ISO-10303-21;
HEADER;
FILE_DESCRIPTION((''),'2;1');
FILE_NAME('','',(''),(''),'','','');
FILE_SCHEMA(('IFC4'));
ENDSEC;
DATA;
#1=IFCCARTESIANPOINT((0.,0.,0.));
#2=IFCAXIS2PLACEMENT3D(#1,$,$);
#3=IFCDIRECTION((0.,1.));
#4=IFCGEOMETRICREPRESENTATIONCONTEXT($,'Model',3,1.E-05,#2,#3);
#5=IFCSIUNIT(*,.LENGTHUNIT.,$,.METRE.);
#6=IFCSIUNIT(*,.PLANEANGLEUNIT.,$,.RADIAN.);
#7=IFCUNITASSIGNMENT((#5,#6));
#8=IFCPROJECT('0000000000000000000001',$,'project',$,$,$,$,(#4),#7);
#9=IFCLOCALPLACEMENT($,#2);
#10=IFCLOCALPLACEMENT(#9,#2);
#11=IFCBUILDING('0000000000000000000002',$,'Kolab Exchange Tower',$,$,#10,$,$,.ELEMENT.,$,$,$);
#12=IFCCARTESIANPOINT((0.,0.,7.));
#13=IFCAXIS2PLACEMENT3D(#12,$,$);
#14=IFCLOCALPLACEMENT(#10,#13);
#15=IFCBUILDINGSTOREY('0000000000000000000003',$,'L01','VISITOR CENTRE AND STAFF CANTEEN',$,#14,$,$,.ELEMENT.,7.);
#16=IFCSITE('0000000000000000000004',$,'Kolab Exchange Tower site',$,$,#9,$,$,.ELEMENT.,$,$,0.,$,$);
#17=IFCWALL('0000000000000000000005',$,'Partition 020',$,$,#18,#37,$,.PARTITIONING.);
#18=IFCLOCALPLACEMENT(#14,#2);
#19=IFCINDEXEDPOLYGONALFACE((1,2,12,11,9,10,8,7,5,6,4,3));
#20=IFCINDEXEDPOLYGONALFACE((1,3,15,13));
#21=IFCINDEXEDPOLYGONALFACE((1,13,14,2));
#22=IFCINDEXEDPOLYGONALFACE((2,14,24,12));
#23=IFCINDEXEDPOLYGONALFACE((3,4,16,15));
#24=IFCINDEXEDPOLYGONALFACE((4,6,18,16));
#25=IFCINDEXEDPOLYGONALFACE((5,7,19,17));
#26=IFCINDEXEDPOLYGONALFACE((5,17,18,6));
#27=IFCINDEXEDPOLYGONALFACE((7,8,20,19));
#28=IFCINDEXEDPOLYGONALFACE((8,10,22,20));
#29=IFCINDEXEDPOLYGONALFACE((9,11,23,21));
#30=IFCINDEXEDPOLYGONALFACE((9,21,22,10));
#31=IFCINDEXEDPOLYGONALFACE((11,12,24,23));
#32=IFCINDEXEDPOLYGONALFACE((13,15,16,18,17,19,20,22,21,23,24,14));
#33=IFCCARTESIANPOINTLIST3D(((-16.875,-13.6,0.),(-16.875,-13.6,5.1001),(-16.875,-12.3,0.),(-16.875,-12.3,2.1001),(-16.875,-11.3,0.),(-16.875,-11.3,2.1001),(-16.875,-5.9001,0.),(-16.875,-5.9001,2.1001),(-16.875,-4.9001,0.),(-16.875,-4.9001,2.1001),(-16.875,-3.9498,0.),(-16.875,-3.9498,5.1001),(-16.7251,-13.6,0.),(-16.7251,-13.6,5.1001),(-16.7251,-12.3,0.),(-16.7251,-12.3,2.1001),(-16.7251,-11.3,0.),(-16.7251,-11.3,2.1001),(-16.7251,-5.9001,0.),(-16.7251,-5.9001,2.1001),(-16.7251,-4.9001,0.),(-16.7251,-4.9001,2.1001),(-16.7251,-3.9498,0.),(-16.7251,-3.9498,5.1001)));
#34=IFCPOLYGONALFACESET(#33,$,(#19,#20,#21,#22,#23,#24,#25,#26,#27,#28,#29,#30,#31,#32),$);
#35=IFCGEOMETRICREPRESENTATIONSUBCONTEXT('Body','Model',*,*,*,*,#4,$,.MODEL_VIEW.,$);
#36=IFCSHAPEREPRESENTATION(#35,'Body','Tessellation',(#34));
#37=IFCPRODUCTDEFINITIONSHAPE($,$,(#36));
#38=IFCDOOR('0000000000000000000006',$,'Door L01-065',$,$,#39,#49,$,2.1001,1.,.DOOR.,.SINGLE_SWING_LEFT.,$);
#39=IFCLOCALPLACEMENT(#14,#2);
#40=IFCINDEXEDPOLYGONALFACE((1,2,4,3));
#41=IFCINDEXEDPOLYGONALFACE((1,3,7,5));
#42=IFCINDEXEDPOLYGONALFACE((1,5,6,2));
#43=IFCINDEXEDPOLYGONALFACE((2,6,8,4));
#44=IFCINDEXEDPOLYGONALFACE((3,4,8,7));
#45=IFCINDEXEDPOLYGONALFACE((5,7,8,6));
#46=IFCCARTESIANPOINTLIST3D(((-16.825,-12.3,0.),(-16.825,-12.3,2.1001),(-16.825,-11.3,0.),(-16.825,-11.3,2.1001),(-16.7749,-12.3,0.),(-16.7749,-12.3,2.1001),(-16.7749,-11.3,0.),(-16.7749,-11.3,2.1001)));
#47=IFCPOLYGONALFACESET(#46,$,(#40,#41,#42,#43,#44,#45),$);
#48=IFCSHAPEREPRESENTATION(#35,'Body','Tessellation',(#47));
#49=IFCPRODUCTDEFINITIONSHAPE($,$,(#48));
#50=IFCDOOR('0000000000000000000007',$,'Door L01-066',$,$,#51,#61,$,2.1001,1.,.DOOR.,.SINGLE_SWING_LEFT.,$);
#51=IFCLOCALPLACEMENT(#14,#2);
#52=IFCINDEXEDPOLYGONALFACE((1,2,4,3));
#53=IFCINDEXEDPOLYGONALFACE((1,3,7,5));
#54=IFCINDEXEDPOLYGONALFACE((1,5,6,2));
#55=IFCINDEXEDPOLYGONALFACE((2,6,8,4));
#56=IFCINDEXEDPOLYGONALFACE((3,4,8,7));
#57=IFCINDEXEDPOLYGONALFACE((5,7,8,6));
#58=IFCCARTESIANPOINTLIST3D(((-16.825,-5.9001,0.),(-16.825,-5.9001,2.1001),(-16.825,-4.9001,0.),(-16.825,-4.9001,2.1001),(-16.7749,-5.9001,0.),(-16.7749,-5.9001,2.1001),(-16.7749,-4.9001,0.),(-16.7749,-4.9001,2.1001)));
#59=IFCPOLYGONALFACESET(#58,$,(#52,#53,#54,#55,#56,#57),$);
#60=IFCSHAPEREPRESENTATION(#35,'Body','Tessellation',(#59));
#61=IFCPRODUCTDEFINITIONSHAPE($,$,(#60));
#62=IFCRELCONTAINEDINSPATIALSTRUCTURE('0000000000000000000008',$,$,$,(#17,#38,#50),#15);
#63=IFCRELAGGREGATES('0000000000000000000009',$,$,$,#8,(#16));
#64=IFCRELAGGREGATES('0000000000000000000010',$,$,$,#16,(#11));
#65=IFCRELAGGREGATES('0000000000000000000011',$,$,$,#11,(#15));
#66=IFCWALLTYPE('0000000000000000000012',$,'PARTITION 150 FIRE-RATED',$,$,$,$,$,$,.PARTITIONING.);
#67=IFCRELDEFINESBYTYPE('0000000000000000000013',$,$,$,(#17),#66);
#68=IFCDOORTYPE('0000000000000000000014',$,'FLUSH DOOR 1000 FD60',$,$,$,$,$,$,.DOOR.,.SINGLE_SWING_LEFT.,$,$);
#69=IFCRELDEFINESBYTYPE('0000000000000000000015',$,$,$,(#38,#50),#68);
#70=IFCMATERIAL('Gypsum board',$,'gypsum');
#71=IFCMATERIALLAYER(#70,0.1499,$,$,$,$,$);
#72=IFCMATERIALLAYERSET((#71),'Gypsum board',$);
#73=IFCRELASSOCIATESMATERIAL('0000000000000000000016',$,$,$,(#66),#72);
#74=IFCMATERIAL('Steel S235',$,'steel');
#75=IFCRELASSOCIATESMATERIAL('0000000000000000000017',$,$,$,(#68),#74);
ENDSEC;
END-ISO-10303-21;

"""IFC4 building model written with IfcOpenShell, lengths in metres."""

from ifc_helpers import new_model, si_unit, direction, frame, frame_2d, origin, place, context, subcontext, project, spatial, rectangle, extrude, material, layer, layer_set, type_object, element, fill, save


model = new_model("IFC4")

# Units and contexts
model_context = context("Model", 3, precision=1e-05, world=origin(), true_north=direction((0.0, 1.0)))
body_context = subcontext(model_context, "Body", "Model", "MODEL_VIEW")
ifc_project = project(units=[si_unit("LENGTHUNIT", "METRE"), si_unit("PLANEANGLEUNIT", "RADIAN")], contexts=[model_context])

# Site, building, storey
site_placement = place(None, origin())
site = spatial("IfcSite", under=ifc_project, at=site_placement, Name="Kolab Exchange Tower site", CompositionType="ELEMENT", RefElevation=0.0)
building_placement = place(site_placement, origin())
building = spatial("IfcBuilding", under=site, at=building_placement, Name="Kolab Exchange Tower", CompositionType="ELEMENT")
storey_placement = place(building_placement, frame((0.0, 0.0, 7.0)))
storey = spatial("IfcBuildingStorey", under=building, at=storey_placement, Name="L01", Description="VISITOR CENTRE AND STAFF CANTEEN", CompositionType="ELEMENT", Elevation=7.0)

# Shared definitions
ifc_material_1 = material(Name="Gypsum board", Category="gypsum")

# Wall, openings, doors
ifc_layer_1 = layer(ifc_material_1, 0.1499)
ifc_layer_set_1 = layer_set([ifc_layer_1], Name="Gypsum board")
wall_type_1 = type_object("IfcWallType", Name="PARTITION 150 FIRE-RATED", PredefinedType="PARTITIONING", material=ifc_layer_set_1)
wall_1_placement = place(storey_placement, frame((-16.8, -13.6001, 0.0), z_axis=(0.0, 0.0, 1.0), x_axis=(0.0, 1.0, 0.0)))
wall_1 = element("IfcWall", 1, at=wall_1_placement, inside=storey, type_object=wall_type_1, Name="Partition 020", PredefinedType="PARTITIONING", context=body_context, shape_type="SweptSolid", body=[
    extrude(rectangle(XDim=9.6501, YDim=0.1499, at=frame_2d((4.8252, 0.0))), origin(), (0.0, 0.0, 1.0), 5.1001),
])
opening_1_placement = place(wall_1_placement, frame((1.3, 0.0, 0.0)))
opening_1 = element("IfcOpeningElement", 2, at=opening_1_placement, cuts=wall_1, PredefinedType="OPENING", context=body_context, shape_type="SweptSolid", body=[
    extrude(rectangle(XDim=1.0, YDim=2.1001, at=frame_2d((0.5, 1.05))), frame((0.0, 0.085, 0.0), z_axis=(0.0, -1.0, 0.0), x_axis=(1.0, 0.0, 0.0)), (0.0, 0.0, 1.0), 0.1699),
])
opening_2_placement = place(wall_1_placement, frame((7.7, 0.0, 0.0)))
opening_2 = element("IfcOpeningElement", 3, at=opening_2_placement, cuts=wall_1, PredefinedType="OPENING", context=body_context, shape_type="SweptSolid", body=[
    extrude(rectangle(XDim=1.0, YDim=2.1001, at=frame_2d((0.5, 1.05))), frame((0.0, 0.085, 0.0), z_axis=(0.0, -1.0, 0.0), x_axis=(1.0, 0.0, 0.0)), (0.0, 0.0, 1.0), 0.1699),
])
ifc_material_2 = material(Name="Steel S235", Category="steel")
door_type_1 = type_object("IfcDoorType", Name="FLUSH DOOR 1000 FD60", OperationType="SINGLE_SWING_LEFT", PredefinedType="DOOR", material=ifc_material_2)
door_1_placement = place(opening_1_placement, origin())
door_1 = element("IfcDoor", 4, at=door_1_placement, inside=storey, type_object=door_type_1, Name="Door L01-065", OperationType="SINGLE_SWING_LEFT", OverallHeight=2.1001, OverallWidth=1.0, PredefinedType="DOOR", context=body_context, shape_type="SweptSolid", body=[
    extrude(rectangle(XDim=1.0, YDim=2.1001, at=frame_2d((0.5, 1.05))), frame((0.0, 0.0249, 0.0), z_axis=(0.0, -1.0, 0.0), x_axis=(1.0, 0.0, 0.0)), (0.0, 0.0, 1.0), 0.05),
])
fill(opening_1, door_1)
door_2_placement = place(opening_2_placement, origin())
door_2 = element("IfcDoor", 5, at=door_2_placement, inside=storey, type_object=door_type_1, Name="Door L01-066", OperationType="SINGLE_SWING_LEFT", OverallHeight=2.1001, OverallWidth=1.0, PredefinedType="DOOR", context=body_context, shape_type="SweptSolid", body=[
    extrude(rectangle(XDim=1.0, YDim=2.1001, at=frame_2d((0.5, 1.05))), frame((0.0, 0.0249, 0.0), z_axis=(0.0, -1.0, 0.0), x_axis=(1.0, 0.0, 0.0)), (0.0, 0.0, 1.0), 0.05),
])
fill(opening_2, door_2)

save(model, "model.ifc")
